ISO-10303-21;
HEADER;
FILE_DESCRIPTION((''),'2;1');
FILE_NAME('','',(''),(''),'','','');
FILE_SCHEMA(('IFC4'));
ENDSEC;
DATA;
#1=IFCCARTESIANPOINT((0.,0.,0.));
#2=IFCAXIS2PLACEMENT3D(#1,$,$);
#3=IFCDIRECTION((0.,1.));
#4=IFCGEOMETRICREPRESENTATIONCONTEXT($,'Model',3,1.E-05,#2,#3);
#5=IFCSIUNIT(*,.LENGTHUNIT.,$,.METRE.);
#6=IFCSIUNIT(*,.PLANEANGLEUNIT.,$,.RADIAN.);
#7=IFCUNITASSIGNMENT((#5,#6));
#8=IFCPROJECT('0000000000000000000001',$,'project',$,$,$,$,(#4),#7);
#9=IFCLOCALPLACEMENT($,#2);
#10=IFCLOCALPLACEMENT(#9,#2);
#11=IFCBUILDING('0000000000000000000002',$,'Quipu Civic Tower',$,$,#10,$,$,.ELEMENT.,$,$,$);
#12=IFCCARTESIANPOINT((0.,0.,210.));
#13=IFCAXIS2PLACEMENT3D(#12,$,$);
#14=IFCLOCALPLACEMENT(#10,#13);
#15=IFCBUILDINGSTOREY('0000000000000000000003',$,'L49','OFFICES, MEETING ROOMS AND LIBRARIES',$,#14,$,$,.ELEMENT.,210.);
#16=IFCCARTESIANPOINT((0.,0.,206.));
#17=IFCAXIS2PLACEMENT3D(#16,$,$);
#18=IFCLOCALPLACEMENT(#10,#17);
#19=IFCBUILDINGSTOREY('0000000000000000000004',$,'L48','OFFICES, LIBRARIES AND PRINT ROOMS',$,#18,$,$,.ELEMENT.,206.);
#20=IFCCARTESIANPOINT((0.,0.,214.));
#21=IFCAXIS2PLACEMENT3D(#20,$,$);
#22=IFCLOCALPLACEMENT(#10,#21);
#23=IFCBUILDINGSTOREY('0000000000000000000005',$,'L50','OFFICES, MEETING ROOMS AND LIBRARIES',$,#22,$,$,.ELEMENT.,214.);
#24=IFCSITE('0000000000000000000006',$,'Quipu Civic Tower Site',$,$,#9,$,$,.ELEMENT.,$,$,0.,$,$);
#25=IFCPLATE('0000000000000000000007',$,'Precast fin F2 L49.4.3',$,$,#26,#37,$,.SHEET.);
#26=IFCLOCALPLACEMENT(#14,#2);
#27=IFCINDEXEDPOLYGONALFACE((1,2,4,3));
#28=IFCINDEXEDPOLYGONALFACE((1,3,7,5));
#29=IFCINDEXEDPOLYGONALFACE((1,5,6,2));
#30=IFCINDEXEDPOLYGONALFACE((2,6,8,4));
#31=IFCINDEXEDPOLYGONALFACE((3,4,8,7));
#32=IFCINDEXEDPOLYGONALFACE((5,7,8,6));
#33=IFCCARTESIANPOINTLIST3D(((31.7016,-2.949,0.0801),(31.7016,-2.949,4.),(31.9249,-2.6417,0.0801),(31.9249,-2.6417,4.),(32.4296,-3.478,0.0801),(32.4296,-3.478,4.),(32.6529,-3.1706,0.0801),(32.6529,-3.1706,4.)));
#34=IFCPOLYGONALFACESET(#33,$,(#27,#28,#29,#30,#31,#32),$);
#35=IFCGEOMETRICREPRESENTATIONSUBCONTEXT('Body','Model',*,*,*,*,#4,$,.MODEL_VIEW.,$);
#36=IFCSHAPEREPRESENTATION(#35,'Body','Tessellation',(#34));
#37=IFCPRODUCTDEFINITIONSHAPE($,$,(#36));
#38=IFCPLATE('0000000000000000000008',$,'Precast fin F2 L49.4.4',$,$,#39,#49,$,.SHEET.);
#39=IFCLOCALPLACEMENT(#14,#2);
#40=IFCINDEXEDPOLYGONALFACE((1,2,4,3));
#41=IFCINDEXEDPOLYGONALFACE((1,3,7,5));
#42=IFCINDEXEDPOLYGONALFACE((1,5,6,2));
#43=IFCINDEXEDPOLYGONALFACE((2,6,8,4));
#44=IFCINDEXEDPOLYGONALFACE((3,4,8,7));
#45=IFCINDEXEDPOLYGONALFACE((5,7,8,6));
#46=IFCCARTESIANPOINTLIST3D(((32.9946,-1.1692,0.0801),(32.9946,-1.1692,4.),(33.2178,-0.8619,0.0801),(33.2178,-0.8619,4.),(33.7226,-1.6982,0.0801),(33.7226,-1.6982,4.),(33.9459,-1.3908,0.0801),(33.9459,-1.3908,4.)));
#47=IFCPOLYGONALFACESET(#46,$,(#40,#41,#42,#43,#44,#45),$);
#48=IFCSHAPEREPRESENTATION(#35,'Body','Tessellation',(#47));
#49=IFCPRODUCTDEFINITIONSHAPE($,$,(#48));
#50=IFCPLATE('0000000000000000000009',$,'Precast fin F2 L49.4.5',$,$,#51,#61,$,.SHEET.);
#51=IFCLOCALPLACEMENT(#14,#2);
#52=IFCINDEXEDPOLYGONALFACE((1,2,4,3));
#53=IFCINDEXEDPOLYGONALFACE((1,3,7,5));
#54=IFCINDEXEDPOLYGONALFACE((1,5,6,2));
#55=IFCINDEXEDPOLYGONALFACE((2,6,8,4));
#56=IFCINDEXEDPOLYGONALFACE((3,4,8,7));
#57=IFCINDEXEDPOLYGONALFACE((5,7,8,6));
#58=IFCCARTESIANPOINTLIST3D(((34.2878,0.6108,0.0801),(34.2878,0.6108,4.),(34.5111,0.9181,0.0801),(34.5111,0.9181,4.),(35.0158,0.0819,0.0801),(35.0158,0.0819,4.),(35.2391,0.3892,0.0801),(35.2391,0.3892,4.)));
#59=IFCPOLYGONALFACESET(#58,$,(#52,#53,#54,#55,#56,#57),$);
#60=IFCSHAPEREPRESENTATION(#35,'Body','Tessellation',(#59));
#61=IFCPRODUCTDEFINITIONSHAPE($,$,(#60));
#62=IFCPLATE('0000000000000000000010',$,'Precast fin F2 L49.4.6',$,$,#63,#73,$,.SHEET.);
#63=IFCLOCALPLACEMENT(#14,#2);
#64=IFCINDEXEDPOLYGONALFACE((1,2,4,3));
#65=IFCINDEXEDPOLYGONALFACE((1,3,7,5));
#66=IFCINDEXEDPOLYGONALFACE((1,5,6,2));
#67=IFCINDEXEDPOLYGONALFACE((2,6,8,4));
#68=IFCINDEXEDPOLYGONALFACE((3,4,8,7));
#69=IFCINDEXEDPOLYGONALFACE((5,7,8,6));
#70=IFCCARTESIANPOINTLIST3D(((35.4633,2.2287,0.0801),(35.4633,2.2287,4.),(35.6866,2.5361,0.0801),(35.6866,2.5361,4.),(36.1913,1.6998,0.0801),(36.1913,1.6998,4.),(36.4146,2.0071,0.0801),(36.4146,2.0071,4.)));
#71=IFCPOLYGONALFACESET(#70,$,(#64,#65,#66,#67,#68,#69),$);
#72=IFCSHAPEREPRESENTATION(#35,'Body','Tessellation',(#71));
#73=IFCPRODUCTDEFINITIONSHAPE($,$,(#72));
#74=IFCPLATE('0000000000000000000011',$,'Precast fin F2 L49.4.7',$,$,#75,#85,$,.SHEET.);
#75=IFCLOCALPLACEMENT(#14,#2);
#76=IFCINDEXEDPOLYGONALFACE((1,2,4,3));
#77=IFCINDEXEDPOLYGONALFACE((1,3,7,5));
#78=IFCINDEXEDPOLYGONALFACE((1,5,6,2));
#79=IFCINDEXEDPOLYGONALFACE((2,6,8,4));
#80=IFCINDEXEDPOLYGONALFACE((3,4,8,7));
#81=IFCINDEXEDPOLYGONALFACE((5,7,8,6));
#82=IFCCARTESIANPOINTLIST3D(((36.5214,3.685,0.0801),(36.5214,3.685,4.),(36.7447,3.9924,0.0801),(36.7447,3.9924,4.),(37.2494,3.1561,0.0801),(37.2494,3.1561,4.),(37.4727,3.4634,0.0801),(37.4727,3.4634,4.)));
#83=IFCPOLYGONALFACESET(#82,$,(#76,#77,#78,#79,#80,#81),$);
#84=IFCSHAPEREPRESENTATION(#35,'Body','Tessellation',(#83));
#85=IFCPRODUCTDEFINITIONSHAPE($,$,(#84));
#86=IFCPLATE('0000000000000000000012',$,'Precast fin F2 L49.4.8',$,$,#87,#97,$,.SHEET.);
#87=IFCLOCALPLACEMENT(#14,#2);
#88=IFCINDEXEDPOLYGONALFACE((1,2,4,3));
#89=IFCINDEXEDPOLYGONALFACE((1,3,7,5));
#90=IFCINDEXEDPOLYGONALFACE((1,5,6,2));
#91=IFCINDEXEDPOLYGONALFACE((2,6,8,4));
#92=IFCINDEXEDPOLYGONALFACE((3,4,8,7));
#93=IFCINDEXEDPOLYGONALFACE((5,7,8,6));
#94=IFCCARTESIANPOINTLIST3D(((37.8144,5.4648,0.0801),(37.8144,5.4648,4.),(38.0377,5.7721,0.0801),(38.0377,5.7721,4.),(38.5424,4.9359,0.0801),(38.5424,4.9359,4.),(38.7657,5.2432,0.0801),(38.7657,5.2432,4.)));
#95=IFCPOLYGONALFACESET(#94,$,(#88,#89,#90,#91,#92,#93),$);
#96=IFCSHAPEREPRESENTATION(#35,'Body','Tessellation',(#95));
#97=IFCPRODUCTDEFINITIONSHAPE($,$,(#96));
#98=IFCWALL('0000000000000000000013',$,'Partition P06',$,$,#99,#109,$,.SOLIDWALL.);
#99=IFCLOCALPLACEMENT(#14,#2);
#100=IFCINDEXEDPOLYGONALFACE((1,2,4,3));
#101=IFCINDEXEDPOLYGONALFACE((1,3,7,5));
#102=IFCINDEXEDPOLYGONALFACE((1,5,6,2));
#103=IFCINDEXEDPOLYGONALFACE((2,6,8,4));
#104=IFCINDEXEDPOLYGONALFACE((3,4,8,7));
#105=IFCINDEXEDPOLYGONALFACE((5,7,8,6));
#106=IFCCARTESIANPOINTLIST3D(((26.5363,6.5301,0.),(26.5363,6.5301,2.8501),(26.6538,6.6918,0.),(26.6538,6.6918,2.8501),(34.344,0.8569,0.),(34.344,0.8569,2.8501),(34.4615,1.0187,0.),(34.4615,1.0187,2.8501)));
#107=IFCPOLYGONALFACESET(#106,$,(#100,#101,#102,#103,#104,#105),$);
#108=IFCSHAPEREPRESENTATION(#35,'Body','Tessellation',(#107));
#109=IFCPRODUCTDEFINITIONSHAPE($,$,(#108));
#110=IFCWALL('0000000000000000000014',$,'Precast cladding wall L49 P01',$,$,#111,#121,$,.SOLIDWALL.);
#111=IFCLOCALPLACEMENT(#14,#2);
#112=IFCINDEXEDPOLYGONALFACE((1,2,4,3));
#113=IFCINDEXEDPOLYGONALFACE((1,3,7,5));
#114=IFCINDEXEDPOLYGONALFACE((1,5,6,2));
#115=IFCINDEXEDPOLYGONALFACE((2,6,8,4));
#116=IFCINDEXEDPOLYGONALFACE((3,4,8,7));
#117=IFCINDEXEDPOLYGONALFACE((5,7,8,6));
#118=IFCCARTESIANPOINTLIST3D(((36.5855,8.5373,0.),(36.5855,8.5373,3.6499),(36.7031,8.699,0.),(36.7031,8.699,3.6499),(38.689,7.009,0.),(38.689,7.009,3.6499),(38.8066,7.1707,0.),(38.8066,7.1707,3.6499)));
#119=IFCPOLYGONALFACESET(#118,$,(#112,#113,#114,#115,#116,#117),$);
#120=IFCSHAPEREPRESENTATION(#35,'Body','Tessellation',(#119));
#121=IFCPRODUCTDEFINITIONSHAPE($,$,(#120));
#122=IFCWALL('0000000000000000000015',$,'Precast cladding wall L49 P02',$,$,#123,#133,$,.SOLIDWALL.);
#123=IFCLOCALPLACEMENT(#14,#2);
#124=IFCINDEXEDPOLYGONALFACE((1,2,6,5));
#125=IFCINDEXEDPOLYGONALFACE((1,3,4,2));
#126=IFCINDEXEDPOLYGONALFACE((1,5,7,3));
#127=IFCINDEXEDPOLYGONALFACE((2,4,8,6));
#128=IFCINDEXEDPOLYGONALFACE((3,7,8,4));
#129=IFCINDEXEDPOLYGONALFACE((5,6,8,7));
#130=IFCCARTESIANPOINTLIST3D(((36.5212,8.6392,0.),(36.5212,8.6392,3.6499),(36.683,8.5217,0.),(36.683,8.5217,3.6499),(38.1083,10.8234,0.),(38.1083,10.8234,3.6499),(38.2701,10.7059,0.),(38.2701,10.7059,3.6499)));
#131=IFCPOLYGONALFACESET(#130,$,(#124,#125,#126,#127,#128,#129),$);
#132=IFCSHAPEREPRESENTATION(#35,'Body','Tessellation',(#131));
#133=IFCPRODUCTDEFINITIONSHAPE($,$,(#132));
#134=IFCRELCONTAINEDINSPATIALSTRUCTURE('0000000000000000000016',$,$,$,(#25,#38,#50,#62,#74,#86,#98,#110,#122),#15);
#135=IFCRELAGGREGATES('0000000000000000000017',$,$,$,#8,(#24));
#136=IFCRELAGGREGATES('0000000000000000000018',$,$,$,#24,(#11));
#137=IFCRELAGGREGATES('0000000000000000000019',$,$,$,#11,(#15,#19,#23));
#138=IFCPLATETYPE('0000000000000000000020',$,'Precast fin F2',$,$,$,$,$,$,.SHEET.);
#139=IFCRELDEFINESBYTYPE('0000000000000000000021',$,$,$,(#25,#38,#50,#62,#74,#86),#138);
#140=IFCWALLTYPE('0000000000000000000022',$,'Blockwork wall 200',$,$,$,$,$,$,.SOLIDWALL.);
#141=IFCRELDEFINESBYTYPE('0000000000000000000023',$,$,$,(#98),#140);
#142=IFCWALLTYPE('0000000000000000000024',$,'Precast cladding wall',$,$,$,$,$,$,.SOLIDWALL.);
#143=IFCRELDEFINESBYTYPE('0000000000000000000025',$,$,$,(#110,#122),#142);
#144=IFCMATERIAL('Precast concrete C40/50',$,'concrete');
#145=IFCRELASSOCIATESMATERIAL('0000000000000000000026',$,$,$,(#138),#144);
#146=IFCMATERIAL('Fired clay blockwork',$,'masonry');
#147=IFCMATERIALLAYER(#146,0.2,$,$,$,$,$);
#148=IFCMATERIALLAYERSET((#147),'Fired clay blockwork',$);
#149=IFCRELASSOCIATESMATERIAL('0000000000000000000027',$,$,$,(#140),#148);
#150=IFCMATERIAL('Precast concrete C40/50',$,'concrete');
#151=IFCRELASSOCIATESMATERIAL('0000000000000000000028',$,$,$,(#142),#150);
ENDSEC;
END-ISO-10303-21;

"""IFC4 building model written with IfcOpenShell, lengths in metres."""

from ifc_helpers import new_model, si_unit, direction, frame, frame_2d, origin, origin_2d, place, context, subcontext, project, spatial, rectangle, extrude, material, layer, layer_set, type_object, element, save


model = new_model("IFC4")

# Units and contexts
model_context = context("Model", 3, precision=1e-05, world=origin(), true_north=direction((0.0, 1.0)))
body_context = subcontext(model_context, "Body", "Model", "MODEL_VIEW")
ifc_project = project(units=[si_unit("LENGTHUNIT", "METRE"), si_unit("PLANEANGLEUNIT", "RADIAN")], contexts=[model_context])

# Site, building, storey
site_placement = place(None, origin())
site = spatial("IfcSite", under=ifc_project, at=site_placement, Name="Quipu Civic Tower Site", CompositionType="ELEMENT", RefElevation=0.0)
building_placement = place(site_placement, origin())
building = spatial("IfcBuilding", under=site, at=building_placement, Name="Quipu Civic Tower", CompositionType="ELEMENT")
storey_1_placement = place(building_placement, frame((0.0, 0.0, 210.0)))
storey_1 = spatial("IfcBuildingStorey", under=building, at=storey_1_placement, Name="L49", Description="OFFICES, MEETING ROOMS AND LIBRARIES", CompositionType="ELEMENT", Elevation=210.0)

# Shared definitions
storey_2_placement = place(building_placement, frame((0.0, 0.0, 206.0)))
storey_2 = spatial("IfcBuildingStorey", under=building, at=storey_2_placement, Name="L48", Description="OFFICES, LIBRARIES AND PRINT ROOMS", CompositionType="ELEMENT", Elevation=206.0)

# Shared definitions
storey_3_placement = place(building_placement, frame((0.0, 0.0, 214.0)))
storey_3 = spatial("IfcBuildingStorey", under=building, at=storey_3_placement, Name="L50", Description="OFFICES, MEETING ROOMS AND LIBRARIES", CompositionType="ELEMENT", Elevation=214.0)

# Plates
ifc_material_1 = material(Name="Precast concrete C40/50", Category="concrete")
plate_type_1 = type_object("IfcPlateType", Name="Precast fin F2", PredefinedType="SHEET", material=ifc_material_1)
for number, where, z_axis, x_axis, name in (
    (1, (32.1772, -3.0598, 0.0801), (0.0, 0.0, 1.0), (0.587787, 0.809016, 0.0), "Precast fin F2 L49.4.3"),
    (2, (33.4702, -1.28, 0.0801), (0.0, 0.0, 1.0), (0.587787, 0.809016, 0.0), "Precast fin F2 L49.4.4"),
    (3, (34.7634, 0.5, 0.0801), (0.0, 0.0, 1.0), (0.587787, 0.809016, 0.0), "Precast fin F2 L49.4.5"),
    (4, (35.939, 2.1179, 0.0801), (0.0, 0.0, 1.0), (0.587787, 0.809016, 0.0), "Precast fin F2 L49.4.6"),
    (5, (36.9971, 3.5742, 0.0801), (0.0, 0.0, 1.0), (0.587787, 0.809016, 0.0), "Precast fin F2 L49.4.7"),
    (6, (38.29, 5.354, 0.0801), (0.0, 0.0, 1.0), (0.587787, 0.809016, 0.0), "Precast fin F2 L49.4.8"),
):
    element("IfcPlate", number, at=place(storey_1_placement, frame(where, z_axis=z_axis, x_axis=x_axis)), inside=storey_1, type_object=plate_type_1, Name=name, PredefinedType="SHEET", context=body_context, shape_type="SweptSolid", body=[
        extrude(rectangle(XDim=0.3799, YDim=0.8999, at=origin_2d()), origin(), (0.0, 0.0, 1.0), 3.9199),
    ])

# Walls
ifc_material_2 = material(Name="Fired clay blockwork", Category="masonry")
ifc_layer_1 = layer(ifc_material_2, 0.2)
ifc_layer_set_1 = layer_set([ifc_layer_1], Name="Fired clay blockwork")
wall_type_1 = type_object("IfcWallType", Name="Blockwork wall 200", PredefinedType="SOLIDWALL", material=ifc_layer_set_1)
wall_1_placement = place(storey_1_placement, frame((34.4028, 0.9377, 0.0), z_axis=(0.0, 0.0, 1.0), x_axis=(-0.808991, 0.587821, 0.0)))
element("IfcWall", 7, at=wall_1_placement, inside=storey_1, type_object=wall_type_1, Name="Partition P06", PredefinedType="SOLIDWALL", context=body_context, shape_type="SweptSolid", body=[
    extrude(rectangle(XDim=9.6511, YDim=0.2, at=frame_2d((4.8257, 0.0))), origin(), (0.0, 0.0, 1.0), 2.8501),
])
ifc_material_3 = material(Name="Precast concrete C40/50", Category="concrete")
wall_type_2 = type_object("IfcWallType", Name="Precast cladding wall", PredefinedType="SOLIDWALL", material=ifc_material_3)
wall_2_placement = place(storey_1_placement, frame((38.7478, 7.0898, 0.0), z_axis=(0.0, 0.0, 1.0), x_axis=(-0.809012, 0.587792, 0.0)))
element("IfcWall", 8, at=wall_2_placement, inside=storey_1, type_object=wall_type_2, Name="Precast cladding wall L49 P01", PredefinedType="SOLIDWALL", context=body_context, shape_type="SweptSolid", body=[
    extrude(rectangle(XDim=2.6001, YDim=0.2, at=frame_2d((1.3, 0.0))), origin(), (0.0, 0.0, 1.0), 3.6499),
])
wall_3_placement = place(storey_1_placement, frame((36.6021, 8.5803, 0.0), z_axis=(0.0, 0.0, 1.0), x_axis=(0.587822, 0.80899, 0.0)))
element("IfcWall", 9, at=wall_3_placement, inside=storey_1, type_object=wall_type_2, Name="Precast cladding wall L49 P02", PredefinedType="SOLIDWALL", context=body_context, shape_type="SweptSolid", body=[
    extrude(rectangle(XDim=2.7, YDim=0.2, at=frame_2d((1.3501, 0.0))), origin(), (0.0, 0.0, 1.0), 3.6499),
])

save(model, "model.ifc")
